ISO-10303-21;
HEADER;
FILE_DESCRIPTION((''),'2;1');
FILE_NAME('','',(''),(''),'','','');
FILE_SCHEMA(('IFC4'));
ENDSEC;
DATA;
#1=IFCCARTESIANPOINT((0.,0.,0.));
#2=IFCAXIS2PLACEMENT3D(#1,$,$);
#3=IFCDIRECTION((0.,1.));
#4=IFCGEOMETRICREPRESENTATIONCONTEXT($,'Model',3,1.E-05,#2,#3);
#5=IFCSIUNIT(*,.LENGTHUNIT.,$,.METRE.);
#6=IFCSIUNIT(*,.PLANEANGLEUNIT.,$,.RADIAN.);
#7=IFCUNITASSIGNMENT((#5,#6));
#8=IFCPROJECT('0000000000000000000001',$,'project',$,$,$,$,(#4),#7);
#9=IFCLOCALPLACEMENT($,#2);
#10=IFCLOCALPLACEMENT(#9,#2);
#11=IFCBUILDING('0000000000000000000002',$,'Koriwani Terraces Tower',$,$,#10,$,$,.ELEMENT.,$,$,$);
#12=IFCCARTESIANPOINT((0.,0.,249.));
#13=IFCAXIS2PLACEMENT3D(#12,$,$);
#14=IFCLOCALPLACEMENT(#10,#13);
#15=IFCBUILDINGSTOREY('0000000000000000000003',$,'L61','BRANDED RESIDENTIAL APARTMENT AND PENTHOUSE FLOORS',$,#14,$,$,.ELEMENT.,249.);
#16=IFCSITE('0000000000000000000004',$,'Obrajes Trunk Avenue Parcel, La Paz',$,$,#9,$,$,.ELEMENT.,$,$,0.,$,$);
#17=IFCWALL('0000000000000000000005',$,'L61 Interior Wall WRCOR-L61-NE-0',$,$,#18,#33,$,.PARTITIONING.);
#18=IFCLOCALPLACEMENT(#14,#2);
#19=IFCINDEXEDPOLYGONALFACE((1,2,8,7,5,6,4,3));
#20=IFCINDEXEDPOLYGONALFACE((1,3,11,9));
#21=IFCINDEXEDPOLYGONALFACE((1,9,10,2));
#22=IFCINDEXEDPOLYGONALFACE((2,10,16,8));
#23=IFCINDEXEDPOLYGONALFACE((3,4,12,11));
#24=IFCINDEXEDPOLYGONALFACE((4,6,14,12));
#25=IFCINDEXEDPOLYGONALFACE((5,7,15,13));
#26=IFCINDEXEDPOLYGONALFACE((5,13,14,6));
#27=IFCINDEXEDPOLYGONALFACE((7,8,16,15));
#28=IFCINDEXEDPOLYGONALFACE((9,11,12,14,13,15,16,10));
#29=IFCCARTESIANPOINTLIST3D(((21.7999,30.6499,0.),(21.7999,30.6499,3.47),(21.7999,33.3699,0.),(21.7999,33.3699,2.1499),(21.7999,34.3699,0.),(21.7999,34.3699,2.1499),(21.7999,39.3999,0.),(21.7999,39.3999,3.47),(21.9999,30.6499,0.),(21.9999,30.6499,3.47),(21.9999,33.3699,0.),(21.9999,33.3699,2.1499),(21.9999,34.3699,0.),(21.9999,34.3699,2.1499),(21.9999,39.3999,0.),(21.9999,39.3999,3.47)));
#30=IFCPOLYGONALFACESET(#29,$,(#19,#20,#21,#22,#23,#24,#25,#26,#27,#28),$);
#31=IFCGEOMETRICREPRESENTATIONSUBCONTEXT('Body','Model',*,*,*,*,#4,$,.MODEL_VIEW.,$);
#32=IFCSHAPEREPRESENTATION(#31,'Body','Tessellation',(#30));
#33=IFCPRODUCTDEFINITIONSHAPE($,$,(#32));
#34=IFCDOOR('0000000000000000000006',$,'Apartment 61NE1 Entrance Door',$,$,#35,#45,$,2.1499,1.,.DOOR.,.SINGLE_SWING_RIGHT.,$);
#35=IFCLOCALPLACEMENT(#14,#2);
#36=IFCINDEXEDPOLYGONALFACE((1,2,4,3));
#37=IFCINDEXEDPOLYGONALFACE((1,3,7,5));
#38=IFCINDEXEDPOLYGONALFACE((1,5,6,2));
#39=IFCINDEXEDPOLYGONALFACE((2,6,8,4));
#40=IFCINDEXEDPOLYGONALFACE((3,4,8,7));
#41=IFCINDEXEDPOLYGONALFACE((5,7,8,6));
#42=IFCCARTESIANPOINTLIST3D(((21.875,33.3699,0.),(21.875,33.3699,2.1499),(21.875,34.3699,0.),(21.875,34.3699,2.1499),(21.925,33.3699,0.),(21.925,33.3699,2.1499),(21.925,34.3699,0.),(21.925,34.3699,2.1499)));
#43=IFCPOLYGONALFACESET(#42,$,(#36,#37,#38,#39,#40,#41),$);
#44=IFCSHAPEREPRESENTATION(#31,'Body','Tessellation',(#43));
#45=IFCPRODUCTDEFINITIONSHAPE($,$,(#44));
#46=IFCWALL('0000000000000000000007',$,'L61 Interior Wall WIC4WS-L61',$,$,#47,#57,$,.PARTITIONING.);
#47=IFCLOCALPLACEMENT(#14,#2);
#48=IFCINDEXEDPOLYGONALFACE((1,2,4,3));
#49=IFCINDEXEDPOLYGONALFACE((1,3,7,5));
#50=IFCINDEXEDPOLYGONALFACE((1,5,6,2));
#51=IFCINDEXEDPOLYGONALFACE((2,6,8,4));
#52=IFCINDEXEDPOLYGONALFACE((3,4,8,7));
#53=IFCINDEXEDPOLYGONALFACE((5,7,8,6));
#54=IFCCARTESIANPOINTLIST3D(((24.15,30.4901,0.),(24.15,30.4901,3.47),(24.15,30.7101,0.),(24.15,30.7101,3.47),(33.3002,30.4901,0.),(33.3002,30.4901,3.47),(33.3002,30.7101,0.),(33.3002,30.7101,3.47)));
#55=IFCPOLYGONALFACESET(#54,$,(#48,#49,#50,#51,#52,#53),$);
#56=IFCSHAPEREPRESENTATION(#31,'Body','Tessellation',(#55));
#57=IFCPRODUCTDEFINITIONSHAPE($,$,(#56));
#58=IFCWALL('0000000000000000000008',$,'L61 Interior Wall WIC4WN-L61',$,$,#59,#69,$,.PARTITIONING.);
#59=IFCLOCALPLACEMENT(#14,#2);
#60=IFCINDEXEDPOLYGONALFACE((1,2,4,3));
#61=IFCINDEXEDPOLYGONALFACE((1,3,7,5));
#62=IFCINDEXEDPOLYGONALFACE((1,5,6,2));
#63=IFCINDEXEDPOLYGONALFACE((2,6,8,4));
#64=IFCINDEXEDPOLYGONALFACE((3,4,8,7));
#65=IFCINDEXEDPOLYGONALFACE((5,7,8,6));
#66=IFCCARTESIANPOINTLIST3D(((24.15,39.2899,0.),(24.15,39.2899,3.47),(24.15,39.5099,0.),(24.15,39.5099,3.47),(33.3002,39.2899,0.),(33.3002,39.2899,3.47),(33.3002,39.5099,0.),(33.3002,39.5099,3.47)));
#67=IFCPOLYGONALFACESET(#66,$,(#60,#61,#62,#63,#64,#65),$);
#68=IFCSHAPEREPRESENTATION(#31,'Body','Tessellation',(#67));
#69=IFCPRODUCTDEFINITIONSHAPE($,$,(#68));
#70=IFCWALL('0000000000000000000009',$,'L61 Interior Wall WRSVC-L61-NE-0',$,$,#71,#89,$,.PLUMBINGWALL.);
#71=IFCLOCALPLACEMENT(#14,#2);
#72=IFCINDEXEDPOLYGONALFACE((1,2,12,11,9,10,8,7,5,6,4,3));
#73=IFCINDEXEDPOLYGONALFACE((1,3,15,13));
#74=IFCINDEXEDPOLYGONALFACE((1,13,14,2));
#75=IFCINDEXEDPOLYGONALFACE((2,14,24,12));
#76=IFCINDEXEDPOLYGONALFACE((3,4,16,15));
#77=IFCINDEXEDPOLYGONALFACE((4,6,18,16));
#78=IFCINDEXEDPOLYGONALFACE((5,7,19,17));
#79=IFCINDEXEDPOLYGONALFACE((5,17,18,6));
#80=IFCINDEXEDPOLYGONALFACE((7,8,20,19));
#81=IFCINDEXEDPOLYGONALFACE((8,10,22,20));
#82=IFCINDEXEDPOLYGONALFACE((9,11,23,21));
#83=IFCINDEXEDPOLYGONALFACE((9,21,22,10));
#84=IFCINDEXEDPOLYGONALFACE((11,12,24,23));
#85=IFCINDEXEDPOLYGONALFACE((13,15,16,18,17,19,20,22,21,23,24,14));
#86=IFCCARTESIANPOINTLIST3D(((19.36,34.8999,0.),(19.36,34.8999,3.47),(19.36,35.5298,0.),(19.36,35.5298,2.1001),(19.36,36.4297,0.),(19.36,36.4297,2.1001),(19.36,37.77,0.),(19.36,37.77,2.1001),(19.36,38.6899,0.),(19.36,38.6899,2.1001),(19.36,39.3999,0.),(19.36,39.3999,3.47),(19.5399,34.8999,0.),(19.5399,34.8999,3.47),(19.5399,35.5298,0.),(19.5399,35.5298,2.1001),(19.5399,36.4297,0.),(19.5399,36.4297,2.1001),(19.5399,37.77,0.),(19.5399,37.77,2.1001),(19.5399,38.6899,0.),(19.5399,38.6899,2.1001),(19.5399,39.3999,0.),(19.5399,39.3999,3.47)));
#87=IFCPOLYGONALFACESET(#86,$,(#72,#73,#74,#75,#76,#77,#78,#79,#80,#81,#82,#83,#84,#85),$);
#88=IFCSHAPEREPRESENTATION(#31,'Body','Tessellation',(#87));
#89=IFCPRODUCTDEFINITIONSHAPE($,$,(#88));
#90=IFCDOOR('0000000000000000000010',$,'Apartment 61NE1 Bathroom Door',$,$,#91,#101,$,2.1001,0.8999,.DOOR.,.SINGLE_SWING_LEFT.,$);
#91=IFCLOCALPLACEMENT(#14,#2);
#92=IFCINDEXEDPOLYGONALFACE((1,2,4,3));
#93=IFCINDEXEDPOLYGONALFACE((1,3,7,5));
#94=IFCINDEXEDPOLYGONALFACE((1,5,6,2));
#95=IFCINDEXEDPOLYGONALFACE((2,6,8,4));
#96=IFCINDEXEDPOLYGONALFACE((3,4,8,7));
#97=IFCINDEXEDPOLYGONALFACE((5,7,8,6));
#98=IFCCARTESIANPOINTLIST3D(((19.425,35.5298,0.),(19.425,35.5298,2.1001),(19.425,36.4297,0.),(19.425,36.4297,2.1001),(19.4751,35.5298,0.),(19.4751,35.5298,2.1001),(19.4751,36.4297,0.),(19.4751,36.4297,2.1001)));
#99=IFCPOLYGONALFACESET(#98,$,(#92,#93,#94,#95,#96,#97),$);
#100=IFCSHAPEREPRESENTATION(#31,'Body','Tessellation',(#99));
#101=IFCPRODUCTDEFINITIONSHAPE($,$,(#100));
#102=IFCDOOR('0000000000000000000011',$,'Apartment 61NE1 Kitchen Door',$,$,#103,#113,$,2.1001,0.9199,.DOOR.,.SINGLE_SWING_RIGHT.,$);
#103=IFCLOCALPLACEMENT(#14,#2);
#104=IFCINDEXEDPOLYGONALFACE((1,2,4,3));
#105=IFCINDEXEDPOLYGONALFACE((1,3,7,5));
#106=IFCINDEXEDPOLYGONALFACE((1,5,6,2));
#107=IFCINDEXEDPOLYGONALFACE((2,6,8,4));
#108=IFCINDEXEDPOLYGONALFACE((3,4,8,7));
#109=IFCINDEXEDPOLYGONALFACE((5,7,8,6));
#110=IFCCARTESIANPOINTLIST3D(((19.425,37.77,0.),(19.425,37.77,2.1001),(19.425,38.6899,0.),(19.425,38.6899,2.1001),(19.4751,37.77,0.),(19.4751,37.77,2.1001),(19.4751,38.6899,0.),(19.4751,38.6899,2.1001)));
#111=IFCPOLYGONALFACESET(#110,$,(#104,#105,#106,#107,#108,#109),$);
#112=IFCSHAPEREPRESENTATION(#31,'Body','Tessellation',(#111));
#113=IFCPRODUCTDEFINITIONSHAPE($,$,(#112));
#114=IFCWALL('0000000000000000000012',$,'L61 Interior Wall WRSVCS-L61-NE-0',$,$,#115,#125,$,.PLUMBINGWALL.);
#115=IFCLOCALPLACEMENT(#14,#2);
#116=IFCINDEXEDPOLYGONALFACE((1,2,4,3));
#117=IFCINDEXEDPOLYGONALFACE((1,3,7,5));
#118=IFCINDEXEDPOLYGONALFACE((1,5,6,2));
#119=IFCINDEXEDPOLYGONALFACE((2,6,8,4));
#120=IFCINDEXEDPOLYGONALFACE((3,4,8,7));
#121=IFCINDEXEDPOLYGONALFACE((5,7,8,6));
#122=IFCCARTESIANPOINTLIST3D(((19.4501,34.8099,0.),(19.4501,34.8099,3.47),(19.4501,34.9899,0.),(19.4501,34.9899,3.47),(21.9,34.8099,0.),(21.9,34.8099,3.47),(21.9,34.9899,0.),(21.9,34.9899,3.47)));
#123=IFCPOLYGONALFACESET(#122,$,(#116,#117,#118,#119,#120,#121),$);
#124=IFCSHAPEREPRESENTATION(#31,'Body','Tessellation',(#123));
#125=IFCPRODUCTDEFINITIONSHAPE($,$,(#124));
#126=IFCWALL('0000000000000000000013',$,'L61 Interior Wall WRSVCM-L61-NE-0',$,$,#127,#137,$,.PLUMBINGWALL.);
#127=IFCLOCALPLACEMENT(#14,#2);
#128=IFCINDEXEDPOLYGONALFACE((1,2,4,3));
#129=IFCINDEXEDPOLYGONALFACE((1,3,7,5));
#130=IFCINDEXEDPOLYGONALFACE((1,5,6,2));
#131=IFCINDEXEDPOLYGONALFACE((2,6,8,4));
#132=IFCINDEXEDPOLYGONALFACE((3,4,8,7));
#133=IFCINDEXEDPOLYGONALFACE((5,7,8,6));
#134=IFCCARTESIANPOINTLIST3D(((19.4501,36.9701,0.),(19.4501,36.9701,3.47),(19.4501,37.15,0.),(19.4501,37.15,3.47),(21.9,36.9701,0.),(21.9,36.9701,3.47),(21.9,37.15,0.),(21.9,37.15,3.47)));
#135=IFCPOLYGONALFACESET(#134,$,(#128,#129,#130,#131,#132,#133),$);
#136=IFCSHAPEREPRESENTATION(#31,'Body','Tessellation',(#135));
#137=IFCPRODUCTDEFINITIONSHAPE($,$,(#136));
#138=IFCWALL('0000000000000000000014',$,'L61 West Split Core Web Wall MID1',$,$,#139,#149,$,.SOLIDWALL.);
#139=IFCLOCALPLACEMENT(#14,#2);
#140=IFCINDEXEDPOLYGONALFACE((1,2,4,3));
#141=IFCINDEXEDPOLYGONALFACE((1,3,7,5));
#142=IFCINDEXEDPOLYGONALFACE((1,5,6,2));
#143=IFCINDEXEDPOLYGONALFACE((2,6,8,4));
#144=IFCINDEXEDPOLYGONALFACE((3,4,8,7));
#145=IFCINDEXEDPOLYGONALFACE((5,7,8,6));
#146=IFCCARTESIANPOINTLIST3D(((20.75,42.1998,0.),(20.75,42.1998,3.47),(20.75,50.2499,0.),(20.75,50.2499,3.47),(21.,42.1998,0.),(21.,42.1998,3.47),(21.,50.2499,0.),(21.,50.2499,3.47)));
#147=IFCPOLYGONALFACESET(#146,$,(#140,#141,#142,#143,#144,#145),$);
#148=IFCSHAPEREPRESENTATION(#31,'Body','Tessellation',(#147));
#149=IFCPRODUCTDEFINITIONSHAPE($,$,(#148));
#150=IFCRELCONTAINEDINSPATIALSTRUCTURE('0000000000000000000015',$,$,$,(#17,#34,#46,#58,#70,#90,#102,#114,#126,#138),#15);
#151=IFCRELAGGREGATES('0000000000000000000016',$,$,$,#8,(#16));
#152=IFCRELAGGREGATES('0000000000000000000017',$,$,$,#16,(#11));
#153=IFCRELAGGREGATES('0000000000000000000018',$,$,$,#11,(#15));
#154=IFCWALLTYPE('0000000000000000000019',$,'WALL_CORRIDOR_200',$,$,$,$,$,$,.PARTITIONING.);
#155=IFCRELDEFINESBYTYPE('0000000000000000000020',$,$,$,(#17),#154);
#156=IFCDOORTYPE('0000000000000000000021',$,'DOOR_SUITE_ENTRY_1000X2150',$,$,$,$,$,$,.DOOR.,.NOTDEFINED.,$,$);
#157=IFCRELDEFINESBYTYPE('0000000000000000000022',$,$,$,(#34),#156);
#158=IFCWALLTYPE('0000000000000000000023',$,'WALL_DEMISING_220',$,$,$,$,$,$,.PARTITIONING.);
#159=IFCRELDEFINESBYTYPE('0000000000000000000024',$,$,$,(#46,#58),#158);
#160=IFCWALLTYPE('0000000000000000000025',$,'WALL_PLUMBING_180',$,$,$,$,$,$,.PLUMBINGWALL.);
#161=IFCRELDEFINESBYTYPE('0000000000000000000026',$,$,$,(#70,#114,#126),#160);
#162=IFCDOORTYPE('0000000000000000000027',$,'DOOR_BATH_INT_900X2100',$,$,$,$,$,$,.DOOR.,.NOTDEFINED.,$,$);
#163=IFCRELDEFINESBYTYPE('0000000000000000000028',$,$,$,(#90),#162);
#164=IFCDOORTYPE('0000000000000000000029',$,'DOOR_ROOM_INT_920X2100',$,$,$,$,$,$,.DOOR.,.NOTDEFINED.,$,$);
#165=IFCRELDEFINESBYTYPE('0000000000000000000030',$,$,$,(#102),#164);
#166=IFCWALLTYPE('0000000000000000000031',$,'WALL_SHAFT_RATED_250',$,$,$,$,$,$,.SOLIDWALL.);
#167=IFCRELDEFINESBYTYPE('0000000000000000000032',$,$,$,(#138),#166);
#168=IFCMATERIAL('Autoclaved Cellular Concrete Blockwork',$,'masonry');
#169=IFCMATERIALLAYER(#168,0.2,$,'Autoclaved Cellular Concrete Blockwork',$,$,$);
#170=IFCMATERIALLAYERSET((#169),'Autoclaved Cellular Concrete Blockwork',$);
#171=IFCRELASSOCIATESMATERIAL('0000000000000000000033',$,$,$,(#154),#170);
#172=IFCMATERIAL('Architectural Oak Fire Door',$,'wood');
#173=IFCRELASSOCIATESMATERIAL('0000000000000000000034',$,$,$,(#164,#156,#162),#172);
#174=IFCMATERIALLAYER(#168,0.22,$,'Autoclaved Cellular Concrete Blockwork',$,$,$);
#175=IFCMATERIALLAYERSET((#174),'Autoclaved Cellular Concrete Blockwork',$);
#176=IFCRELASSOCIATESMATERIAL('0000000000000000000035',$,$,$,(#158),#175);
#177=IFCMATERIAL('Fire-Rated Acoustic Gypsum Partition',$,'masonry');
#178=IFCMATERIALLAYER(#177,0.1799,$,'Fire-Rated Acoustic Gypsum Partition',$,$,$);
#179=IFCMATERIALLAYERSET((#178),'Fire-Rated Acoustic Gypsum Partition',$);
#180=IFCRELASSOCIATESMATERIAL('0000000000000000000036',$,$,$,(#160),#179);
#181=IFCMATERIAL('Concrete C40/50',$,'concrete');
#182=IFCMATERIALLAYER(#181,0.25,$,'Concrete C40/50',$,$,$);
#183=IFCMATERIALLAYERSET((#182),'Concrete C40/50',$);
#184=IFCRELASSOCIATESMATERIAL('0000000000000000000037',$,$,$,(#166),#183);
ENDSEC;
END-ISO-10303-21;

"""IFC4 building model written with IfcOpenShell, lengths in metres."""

from ifc_helpers import new_model, si_unit, direction, frame, frame_2d, origin, place, context, subcontext, project, spatial, rectangle, extrude, material, layer, layer_set, type_object, element, fill, save


model = new_model("IFC4")

# Units and contexts
model_context = context("Model", 3, precision=1e-05, world=origin(), true_north=direction((0.0, 1.0)))
body_context = subcontext(model_context, "Body", "Model", "MODEL_VIEW")
ifc_project = project(units=[si_unit("LENGTHUNIT", "METRE"), si_unit("PLANEANGLEUNIT", "RADIAN")], contexts=[model_context])

# Site, building, storey
site_placement = place(None, origin())
site = spatial("IfcSite", under=ifc_project, at=site_placement, Name="Obrajes Trunk Avenue Parcel, La Paz", CompositionType="ELEMENT", RefElevation=0.0)
building_placement = place(site_placement, origin())
building = spatial("IfcBuilding", under=site, at=building_placement, Name="Koriwani Terraces Tower", CompositionType="ELEMENT")
storey_placement = place(building_placement, frame((0.0, 0.0, 249.0)))
storey = spatial("IfcBuildingStorey", under=building, at=storey_placement, Name="L61", Description="BRANDED RESIDENTIAL APARTMENT AND PENTHOUSE FLOORS", CompositionType="ELEMENT", Elevation=249.0)

# Shared definitions
ifc_material_1 = material(Name="Concrete C40/50", Category="concrete")

# Wall, opening, door
ifc_material_2 = material(Name="Autoclaved Cellular Concrete Blockwork", Category="masonry")
ifc_layer_1 = layer(ifc_material_2, 0.2, Name="Autoclaved Cellular Concrete Blockwork")
ifc_layer_set_1 = layer_set([ifc_layer_1], Name="Autoclaved Cellular Concrete Blockwork")
wall_type_1 = type_object("IfcWallType", Name="WALL_CORRIDOR_200", PredefinedType="PARTITIONING", material=ifc_layer_set_1)
ifc_material_3 = material(Name="Architectural Oak Fire Door", Category="wood")
door_type_1 = type_object("IfcDoorType", Name="DOOR_ROOM_INT_920X2100", OperationType="NOTDEFINED", PredefinedType="DOOR", material=ifc_material_3)
wall_1_placement = place(storey_placement, frame((21.8999, 30.6499, 0.0), z_axis=(0.0, 0.0, 1.0), x_axis=(0.0, 1.0, 0.0)))
wall_1 = element("IfcWall", 1, at=wall_1_placement, inside=storey, type_object=wall_type_1, Name="L61 Interior Wall WRCOR-L61-NE-0", PredefinedType="PARTITIONING", context=body_context, shape_type="SweptSolid", body=[
    extrude(rectangle(XDim=8.75, YDim=0.2, at=frame_2d((4.375, 0.0))), origin(), (0.0, 0.0, 1.0), 3.47),
])
opening_1_placement = place(wall_1_placement, frame((2.72, 0.0, 0.0)))
opening_1 = element("IfcOpeningElement", 2, at=opening_1_placement, cuts=wall_1, PredefinedType="OPENING", context=body_context, shape_type="SweptSolid", body=[
    extrude(rectangle(XDim=1.0, YDim=2.1499, at=frame_2d((0.5, 1.075))), frame((0.0, 0.1099, 0.0), z_axis=(0.0, -1.0, 0.0), x_axis=(1.0, 0.0, 0.0)), (0.0, 0.0, 1.0), 0.22),
])
door_type_2 = type_object("IfcDoorType", Name="DOOR_SUITE_ENTRY_1000X2150", OperationType="NOTDEFINED", PredefinedType="DOOR", material=ifc_material_3)
door_1_placement = place(opening_1_placement, origin())
door_1 = element("IfcDoor", 3, at=door_1_placement, inside=storey, type_object=door_type_2, Name="Apartment 61NE1 Entrance Door", OperationType="SINGLE_SWING_RIGHT", OverallHeight=2.1499, OverallWidth=1.0, PredefinedType="DOOR", context=body_context, shape_type="SweptSolid", body=[
    extrude(rectangle(XDim=1.0, YDim=2.1499, at=frame_2d((0.5, 1.075))), frame((0.0, 0.0249, 0.0), z_axis=(0.0, -1.0, 0.0), x_axis=(1.0, 0.0, 0.0)), (0.0, 0.0, 1.0), 0.05),
])
fill(opening_1, door_1)

# Walls
ifc_layer_2 = layer(ifc_material_2, 0.22, Name="Autoclaved Cellular Concrete Blockwork")
ifc_layer_set_2 = layer_set([ifc_layer_2], Name="Autoclaved Cellular Concrete Blockwork")
wall_type_2 = type_object("IfcWallType", Name="WALL_DEMISING_220", PredefinedType="PARTITIONING", material=ifc_layer_set_2)
for number, where, z_axis, x_axis, name in (
    (4, (24.1499, 30.6001, 0.0), (0.0, 0.0, 1.0), (1.0, 0.0, 0.0), "L61 Interior Wall WIC4WS-L61"),
    (5, (24.1499, 39.3999, 0.0), (0.0, 0.0, 1.0), (1.0, 0.0, 0.0), "L61 Interior Wall WIC4WN-L61"),
):
    element("IfcWall", number, at=place(storey_placement, frame(where, z_axis=z_axis, x_axis=x_axis)), inside=storey, type_object=wall_type_2, Name=name, PredefinedType="PARTITIONING", context=body_context, shape_type="SweptSolid", body=[
        extrude(rectangle(XDim=9.1501, YDim=0.22, at=frame_2d((4.5752, 0.0))), origin(), (0.0, 0.0, 1.0), 3.47),
    ])

# Wall, openings, doors
ifc_material_4 = material(Name="Fire-Rated Acoustic Gypsum Partition", Category="masonry")
ifc_layer_3 = layer(ifc_material_4, 0.1799, Name="Fire-Rated Acoustic Gypsum Partition")
ifc_layer_set_3 = layer_set([ifc_layer_3], Name="Fire-Rated Acoustic Gypsum Partition")
wall_type_3 = type_object("IfcWallType", Name="WALL_PLUMBING_180", PredefinedType="PLUMBINGWALL", material=ifc_layer_set_3)
wall_2_placement = place(storey_placement, frame((19.45, 34.8999, 0.0), z_axis=(0.0, 0.0, 1.0), x_axis=(0.0, 1.0, 0.0)))
wall_2 = element("IfcWall", 6, at=wall_2_placement, inside=storey, type_object=wall_type_3, Name="L61 Interior Wall WRSVC-L61-NE-0", PredefinedType="PLUMBINGWALL", context=body_context, shape_type="SweptSolid", body=[
    extrude(rectangle(XDim=4.5, YDim=0.1799, at=frame_2d((2.25, 0.0))), origin(), (0.0, 0.0, 1.0), 3.47),
])
opening_2_placement = place(wall_2_placement, frame((0.6299, 0.0, 0.0)))
opening_2 = element("IfcOpeningElement", 7, at=opening_2_placement, cuts=wall_2, PredefinedType="OPENING", context=body_context, shape_type="SweptSolid", body=[
    extrude(rectangle(XDim=0.8999, YDim=2.1001, at=frame_2d((0.45, 1.05))), frame((0.0, 0.1001, 0.0), z_axis=(0.0, -1.0, 0.0), x_axis=(1.0, 0.0, 0.0)), (0.0, 0.0, 1.0), 0.2),
])
opening_3_placement = place(wall_2_placement, frame((2.8701, 0.0, 0.0)))
opening_3 = element("IfcOpeningElement", 8, at=opening_3_placement, cuts=wall_2, PredefinedType="OPENING", context=body_context, shape_type="SweptSolid", body=[
    extrude(rectangle(XDim=0.9199, YDim=2.1001, at=frame_2d((0.46, 1.05))), frame((0.0, 0.1001, 0.0), z_axis=(0.0, -1.0, 0.0), x_axis=(1.0, 0.0, 0.0)), (0.0, 0.0, 1.0), 0.2),
])
door_type_3 = type_object("IfcDoorType", Name="DOOR_BATH_INT_900X2100", OperationType="NOTDEFINED", PredefinedType="DOOR", material=ifc_material_3)
door_2_placement = place(opening_2_placement, origin())
door_2 = element("IfcDoor", 9, at=door_2_placement, inside=storey, type_object=door_type_3, Name="Apartment 61NE1 Bathroom Door", OperationType="SINGLE_SWING_LEFT", OverallHeight=2.1001, OverallWidth=0.8999, PredefinedType="DOOR", context=body_context, shape_type="SweptSolid", body=[
    extrude(rectangle(XDim=0.8999, YDim=2.1001, at=frame_2d((0.45, 1.05))), frame((0.0, 0.0249, 0.0), z_axis=(0.0, -1.0, 0.0), x_axis=(1.0, 0.0, 0.0)), (0.0, 0.0, 1.0), 0.05),
])
fill(opening_2, door_2)
door_3_placement = place(opening_3_placement, origin())
door_3 = element("IfcDoor", 10, at=door_3_placement, inside=storey, type_object=door_type_1, Name="Apartment 61NE1 Kitchen Door", OperationType="SINGLE_SWING_RIGHT", OverallHeight=2.1001, OverallWidth=0.9199, PredefinedType="DOOR", context=body_context, shape_type="SweptSolid", body=[
    extrude(rectangle(XDim=0.9199, YDim=2.1001, at=frame_2d((0.46, 1.05))), frame((0.0, 0.0249, 0.0), z_axis=(0.0, -1.0, 0.0), x_axis=(1.0, 0.0, 0.0)), (0.0, 0.0, 1.0), 0.05),
])
fill(opening_3, door_3)

# Walls
for number, where, z_axis, x_axis, name in (
    (11, (19.45, 34.8999, 0.0), (0.0, 0.0, 1.0), (1.0, 0.0, 0.0), "L61 Interior Wall WRSVCS-L61-NE-0"),
    (12, (19.45, 37.0601, 0.0), (0.0, 0.0, 1.0), (1.0, 0.0, 0.0), "L61 Interior Wall WRSVCM-L61-NE-0"),
):
    element("IfcWall", number, at=place(storey_placement, frame(where, z_axis=z_axis, x_axis=x_axis)), inside=storey, type_object=wall_type_3, Name=name, PredefinedType="PLUMBINGWALL", context=body_context, shape_type="SweptSolid", body=[
        extrude(rectangle(XDim=2.45, YDim=0.1799, at=frame_2d((1.2251, 0.0))), origin(), (0.0, 0.0, 1.0), 3.47),
    ])
ifc_layer_4 = layer(ifc_material_1, 0.25, Name="Concrete C40/50")
ifc_layer_set_4 = layer_set([ifc_layer_4], Name="Concrete C40/50")
wall_type_4 = type_object("IfcWallType", Name="WALL_SHAFT_RATED_250", PredefinedType="SOLIDWALL", material=ifc_layer_set_4)
wall_3_placement = place(storey_placement, frame((20.875, 42.2, 0.0), z_axis=(0.0, 0.0, 1.0), x_axis=(0.0, 1.0, 0.0)))
element("IfcWall", 13, at=wall_3_placement, inside=storey, type_object=wall_type_4, Name="L61 West Split Core Web Wall MID1", PredefinedType="SOLIDWALL", context=body_context, shape_type="SweptSolid", body=[
    extrude(rectangle(XDim=8.05, YDim=0.25, at=frame_2d((4.0249, 0.0))), origin(), (0.0, 0.0, 1.0), 3.47),
])

save(model, "model.ifc")
